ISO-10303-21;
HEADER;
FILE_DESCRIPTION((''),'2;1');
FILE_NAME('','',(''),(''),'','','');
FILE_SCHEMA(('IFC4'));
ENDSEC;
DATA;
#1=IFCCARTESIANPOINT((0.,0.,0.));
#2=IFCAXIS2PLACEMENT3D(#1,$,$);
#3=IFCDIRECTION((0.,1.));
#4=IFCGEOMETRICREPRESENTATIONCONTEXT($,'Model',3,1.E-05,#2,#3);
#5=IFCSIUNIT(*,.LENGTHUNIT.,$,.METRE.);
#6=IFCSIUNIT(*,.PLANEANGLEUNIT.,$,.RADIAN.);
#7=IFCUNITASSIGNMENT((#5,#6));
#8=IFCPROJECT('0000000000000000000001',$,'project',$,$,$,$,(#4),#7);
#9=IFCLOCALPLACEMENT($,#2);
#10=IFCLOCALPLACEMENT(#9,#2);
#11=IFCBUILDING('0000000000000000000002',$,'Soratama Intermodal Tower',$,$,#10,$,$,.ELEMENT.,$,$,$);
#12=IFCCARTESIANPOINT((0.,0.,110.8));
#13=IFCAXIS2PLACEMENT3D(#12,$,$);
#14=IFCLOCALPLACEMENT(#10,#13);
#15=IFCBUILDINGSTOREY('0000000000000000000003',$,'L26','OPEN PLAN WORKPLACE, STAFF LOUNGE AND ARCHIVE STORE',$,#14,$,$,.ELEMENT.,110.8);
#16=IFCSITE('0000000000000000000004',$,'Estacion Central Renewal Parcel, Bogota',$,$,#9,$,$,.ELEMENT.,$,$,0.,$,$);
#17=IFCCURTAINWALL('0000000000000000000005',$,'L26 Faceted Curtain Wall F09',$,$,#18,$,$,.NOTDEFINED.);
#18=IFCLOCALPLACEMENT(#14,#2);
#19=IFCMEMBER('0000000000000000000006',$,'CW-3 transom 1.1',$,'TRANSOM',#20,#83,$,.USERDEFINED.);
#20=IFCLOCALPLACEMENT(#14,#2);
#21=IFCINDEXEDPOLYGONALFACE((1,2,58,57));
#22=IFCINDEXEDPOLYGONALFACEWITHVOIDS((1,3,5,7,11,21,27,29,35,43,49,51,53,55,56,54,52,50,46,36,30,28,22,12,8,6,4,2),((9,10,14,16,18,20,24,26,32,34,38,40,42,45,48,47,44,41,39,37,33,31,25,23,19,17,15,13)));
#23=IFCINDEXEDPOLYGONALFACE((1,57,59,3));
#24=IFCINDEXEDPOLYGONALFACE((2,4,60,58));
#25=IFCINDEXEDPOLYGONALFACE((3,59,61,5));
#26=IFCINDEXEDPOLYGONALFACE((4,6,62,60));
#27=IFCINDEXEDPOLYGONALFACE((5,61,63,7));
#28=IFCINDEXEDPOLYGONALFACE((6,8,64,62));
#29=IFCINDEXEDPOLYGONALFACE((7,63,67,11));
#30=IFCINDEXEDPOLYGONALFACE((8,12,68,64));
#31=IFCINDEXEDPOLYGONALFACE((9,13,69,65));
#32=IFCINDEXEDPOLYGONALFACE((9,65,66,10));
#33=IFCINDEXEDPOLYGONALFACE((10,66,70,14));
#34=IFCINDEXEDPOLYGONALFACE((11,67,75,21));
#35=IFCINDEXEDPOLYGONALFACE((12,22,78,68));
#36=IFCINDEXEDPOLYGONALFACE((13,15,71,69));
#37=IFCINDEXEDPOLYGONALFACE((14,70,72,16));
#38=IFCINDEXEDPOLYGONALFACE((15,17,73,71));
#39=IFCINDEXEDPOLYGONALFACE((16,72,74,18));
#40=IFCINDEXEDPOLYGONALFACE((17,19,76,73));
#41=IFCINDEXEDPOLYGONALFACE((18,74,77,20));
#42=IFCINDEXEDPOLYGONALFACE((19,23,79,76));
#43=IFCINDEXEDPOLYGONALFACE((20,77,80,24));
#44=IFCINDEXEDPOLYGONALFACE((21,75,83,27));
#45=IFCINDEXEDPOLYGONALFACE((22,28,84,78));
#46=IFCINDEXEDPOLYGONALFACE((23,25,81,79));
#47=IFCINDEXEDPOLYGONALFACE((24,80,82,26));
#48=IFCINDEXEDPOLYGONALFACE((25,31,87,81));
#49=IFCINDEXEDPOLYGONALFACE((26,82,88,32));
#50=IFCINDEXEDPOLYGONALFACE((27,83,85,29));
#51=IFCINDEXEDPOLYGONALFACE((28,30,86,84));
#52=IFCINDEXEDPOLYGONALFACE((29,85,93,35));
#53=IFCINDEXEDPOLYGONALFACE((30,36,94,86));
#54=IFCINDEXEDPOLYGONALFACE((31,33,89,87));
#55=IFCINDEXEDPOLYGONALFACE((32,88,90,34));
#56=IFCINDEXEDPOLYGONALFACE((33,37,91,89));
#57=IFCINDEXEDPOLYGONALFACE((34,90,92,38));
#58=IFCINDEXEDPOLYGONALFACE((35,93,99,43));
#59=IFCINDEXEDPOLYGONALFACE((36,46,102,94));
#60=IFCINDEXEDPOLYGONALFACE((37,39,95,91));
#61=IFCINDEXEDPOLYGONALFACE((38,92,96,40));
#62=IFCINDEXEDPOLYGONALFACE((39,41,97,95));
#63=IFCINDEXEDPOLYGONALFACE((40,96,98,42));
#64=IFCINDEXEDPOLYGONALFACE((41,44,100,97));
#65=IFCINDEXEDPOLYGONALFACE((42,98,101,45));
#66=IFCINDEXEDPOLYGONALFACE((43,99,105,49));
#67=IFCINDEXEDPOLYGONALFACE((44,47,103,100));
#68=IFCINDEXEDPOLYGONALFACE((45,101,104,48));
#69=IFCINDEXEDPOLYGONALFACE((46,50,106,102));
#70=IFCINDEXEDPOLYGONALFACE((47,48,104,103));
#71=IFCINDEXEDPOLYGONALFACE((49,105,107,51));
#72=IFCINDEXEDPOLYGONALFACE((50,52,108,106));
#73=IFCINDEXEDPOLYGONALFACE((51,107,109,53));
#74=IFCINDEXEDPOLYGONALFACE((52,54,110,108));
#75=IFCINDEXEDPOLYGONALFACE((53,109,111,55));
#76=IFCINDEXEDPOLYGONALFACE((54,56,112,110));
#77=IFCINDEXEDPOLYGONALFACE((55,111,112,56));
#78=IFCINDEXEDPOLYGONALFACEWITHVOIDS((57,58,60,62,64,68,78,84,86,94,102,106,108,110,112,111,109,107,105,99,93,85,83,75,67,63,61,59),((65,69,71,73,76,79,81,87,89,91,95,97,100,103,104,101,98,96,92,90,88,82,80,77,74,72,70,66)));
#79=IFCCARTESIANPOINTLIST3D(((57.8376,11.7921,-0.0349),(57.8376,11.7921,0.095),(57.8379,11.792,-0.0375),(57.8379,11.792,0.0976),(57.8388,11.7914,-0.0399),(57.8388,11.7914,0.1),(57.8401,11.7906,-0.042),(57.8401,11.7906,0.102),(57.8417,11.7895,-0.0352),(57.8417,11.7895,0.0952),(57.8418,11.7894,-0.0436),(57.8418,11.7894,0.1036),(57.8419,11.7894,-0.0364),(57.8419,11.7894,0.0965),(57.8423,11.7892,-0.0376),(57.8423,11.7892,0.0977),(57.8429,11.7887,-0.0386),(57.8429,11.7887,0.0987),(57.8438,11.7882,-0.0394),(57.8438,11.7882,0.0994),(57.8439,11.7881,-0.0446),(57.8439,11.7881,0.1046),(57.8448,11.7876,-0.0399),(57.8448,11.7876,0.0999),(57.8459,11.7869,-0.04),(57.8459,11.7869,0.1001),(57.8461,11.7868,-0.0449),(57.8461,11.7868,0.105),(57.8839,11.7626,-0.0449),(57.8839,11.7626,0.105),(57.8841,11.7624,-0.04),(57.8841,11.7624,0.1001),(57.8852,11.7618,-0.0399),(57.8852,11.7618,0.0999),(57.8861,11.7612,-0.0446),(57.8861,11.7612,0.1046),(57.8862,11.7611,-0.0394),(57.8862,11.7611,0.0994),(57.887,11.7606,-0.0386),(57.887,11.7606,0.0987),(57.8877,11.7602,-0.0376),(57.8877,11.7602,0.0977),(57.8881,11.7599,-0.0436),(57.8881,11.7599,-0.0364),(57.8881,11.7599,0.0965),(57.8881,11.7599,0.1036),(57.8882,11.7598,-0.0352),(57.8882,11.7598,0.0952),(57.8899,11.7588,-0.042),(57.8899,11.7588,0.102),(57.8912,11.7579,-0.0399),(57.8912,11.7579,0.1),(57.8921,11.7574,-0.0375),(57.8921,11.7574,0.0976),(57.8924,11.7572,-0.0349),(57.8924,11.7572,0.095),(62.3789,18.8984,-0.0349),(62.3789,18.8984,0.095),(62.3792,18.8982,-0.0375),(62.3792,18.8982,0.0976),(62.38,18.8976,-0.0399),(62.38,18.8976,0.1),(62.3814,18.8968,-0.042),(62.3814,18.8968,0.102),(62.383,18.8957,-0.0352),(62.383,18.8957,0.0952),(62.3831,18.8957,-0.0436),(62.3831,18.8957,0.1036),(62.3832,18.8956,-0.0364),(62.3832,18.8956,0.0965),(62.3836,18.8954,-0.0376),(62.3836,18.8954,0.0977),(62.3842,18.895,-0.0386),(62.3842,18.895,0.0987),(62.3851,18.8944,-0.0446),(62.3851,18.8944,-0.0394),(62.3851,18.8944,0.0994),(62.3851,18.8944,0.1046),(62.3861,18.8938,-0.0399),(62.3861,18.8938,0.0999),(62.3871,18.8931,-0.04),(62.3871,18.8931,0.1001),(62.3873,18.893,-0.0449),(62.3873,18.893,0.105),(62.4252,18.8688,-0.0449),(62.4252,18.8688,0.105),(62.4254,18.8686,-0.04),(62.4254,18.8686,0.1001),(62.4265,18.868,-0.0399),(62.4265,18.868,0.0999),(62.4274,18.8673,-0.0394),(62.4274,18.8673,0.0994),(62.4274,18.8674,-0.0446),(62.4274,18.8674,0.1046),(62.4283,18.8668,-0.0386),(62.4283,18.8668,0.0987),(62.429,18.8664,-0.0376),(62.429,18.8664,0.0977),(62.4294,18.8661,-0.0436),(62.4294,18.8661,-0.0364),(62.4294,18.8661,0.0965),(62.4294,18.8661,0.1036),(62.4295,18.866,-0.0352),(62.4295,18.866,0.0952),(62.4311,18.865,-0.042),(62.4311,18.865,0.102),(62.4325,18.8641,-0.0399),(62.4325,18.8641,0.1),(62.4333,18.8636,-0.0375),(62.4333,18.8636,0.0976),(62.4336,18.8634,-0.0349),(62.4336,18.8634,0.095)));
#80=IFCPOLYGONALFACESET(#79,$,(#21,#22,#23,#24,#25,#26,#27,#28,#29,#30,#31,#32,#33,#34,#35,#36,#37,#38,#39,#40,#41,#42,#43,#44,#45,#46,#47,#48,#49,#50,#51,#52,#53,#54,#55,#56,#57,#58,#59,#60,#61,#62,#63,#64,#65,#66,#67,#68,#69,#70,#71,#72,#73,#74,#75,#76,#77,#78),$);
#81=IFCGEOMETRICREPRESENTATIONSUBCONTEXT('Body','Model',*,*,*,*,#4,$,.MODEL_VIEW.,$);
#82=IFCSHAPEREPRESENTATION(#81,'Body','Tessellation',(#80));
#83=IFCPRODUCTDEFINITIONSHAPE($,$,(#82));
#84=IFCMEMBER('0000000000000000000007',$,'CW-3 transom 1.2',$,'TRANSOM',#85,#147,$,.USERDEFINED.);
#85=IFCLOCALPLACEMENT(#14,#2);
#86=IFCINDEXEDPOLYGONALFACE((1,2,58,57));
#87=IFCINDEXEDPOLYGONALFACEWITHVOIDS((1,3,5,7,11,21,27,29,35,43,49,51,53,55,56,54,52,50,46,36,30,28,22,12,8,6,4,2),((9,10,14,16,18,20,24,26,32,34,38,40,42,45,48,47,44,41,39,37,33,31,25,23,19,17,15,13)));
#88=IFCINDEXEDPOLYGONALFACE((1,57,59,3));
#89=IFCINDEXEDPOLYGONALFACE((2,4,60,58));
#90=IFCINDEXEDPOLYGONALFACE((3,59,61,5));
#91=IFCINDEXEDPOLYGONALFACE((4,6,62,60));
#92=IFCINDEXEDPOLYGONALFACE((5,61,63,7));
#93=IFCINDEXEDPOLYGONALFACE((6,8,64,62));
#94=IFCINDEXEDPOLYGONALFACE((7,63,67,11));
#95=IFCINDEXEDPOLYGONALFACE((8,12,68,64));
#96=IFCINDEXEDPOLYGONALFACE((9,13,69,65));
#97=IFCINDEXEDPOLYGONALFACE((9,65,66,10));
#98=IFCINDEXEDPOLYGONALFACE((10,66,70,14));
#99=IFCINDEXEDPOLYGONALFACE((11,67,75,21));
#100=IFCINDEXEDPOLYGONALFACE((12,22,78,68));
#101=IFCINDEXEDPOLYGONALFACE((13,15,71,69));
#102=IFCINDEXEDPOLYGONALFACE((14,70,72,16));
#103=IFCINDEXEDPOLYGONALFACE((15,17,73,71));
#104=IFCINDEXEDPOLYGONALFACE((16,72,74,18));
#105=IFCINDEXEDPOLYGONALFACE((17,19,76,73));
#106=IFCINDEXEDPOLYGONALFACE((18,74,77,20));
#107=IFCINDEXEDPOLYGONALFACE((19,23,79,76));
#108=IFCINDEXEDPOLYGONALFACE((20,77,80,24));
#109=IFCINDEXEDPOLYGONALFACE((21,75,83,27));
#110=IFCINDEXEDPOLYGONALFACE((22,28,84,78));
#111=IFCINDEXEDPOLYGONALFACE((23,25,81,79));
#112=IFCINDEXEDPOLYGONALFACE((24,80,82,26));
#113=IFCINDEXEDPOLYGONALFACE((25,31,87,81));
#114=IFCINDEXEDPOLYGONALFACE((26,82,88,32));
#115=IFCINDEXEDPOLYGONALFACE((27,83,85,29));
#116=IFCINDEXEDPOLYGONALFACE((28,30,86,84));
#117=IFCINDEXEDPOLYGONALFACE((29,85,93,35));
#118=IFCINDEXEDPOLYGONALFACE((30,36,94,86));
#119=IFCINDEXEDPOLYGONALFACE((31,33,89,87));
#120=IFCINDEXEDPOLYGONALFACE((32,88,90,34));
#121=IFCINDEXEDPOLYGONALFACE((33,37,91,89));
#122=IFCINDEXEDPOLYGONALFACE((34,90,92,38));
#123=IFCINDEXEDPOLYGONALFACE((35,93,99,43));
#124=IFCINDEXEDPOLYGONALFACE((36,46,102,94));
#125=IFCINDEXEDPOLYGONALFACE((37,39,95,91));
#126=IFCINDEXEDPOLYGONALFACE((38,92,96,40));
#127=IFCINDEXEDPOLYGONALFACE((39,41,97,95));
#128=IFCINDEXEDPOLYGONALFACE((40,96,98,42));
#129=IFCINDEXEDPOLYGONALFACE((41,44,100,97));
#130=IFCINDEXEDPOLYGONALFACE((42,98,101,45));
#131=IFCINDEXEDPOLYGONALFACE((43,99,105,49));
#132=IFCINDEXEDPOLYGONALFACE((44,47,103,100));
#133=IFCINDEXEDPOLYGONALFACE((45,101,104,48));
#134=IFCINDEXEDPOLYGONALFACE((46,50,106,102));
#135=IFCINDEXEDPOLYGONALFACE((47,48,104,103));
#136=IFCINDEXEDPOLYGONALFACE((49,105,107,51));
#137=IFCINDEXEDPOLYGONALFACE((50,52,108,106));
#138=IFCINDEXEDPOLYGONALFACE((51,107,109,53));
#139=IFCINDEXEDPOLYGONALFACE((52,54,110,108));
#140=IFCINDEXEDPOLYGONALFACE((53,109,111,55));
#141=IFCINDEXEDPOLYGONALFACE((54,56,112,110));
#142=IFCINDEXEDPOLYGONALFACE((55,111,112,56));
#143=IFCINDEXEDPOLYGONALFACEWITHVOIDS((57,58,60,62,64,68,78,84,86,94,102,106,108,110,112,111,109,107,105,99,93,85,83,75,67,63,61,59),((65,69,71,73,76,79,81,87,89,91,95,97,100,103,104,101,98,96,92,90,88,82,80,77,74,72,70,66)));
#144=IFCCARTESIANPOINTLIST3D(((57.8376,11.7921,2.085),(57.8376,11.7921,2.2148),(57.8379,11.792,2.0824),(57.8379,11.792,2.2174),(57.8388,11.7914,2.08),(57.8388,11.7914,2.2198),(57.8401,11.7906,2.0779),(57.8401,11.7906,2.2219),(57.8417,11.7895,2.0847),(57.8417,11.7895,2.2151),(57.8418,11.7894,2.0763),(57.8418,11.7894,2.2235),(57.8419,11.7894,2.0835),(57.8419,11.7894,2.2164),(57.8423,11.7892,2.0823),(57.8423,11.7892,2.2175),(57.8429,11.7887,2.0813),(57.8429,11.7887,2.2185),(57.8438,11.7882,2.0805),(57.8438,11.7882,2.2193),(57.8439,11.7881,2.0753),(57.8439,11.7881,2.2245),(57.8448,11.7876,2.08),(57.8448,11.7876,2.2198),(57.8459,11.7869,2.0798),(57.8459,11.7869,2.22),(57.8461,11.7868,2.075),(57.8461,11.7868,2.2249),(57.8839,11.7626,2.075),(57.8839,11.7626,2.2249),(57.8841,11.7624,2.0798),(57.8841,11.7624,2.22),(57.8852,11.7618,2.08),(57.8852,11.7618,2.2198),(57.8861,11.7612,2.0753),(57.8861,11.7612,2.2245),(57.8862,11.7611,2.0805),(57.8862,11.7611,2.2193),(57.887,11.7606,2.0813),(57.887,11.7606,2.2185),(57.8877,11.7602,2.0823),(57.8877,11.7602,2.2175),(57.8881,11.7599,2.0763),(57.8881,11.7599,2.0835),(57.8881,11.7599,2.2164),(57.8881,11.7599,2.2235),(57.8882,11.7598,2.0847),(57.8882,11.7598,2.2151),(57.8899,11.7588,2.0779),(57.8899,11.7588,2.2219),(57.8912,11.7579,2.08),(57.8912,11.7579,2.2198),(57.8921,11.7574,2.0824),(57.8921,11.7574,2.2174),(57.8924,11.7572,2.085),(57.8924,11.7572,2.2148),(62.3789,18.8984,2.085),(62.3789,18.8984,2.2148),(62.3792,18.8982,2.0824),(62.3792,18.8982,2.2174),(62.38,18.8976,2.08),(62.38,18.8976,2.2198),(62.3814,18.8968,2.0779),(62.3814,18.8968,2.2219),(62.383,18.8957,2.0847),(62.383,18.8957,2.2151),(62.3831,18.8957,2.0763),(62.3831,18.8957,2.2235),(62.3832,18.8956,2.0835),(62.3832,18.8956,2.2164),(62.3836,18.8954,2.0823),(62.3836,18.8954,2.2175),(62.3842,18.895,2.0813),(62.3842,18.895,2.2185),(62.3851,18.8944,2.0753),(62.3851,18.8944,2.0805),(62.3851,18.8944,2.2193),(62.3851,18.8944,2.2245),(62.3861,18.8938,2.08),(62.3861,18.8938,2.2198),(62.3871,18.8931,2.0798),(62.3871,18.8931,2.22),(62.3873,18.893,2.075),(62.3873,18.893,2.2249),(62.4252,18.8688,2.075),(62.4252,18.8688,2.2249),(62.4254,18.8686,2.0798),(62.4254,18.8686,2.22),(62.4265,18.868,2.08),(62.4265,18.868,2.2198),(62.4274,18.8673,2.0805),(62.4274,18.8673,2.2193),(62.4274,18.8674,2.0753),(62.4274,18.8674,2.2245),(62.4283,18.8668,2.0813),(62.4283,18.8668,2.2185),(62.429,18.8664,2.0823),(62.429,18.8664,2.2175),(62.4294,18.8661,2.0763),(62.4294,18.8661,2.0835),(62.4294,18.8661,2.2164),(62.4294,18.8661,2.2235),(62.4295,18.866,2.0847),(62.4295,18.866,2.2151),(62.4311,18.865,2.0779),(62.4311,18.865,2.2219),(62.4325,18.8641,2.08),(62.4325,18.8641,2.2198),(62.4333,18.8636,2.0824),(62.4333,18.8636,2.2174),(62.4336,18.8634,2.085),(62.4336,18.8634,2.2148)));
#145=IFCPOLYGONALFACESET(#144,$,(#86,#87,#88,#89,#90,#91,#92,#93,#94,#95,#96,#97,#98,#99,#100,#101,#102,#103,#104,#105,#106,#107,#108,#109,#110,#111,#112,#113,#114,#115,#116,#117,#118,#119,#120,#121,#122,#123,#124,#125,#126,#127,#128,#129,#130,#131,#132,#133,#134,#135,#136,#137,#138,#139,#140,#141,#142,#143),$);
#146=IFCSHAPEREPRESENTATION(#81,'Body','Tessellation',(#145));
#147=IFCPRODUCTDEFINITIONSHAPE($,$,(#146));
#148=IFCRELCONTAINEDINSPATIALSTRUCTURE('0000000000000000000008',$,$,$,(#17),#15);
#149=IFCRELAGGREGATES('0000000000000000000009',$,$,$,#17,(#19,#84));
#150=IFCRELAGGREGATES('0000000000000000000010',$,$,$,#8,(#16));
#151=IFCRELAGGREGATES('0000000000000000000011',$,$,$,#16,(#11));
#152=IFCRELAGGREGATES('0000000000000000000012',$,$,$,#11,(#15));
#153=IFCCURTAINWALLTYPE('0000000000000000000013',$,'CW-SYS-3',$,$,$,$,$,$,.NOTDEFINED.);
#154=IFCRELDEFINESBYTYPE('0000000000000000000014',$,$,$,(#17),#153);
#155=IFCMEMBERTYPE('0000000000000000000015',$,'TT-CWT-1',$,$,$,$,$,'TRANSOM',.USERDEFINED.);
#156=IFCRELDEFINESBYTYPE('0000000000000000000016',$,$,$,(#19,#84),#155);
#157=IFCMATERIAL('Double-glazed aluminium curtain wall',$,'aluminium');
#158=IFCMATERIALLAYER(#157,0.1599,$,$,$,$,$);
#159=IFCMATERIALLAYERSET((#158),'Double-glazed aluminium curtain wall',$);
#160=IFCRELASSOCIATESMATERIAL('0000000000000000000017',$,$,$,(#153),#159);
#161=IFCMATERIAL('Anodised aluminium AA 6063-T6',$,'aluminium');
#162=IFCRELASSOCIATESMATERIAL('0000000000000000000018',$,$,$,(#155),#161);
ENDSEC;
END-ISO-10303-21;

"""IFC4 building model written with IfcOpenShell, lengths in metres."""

from ifc_helpers import new_model, si_unit, direction, frame, origin, origin_2d, place, context, subcontext, project, spatial, hollow_rectangle, extrude, material, layer, layer_set, material_profile, profile_set, type_object, element, aggregate, save


model = new_model("IFC4")

# Units and contexts
model_context = context("Model", 3, precision=1e-05, world=origin(), true_north=direction((0.0, 1.0)))
body_context = subcontext(model_context, "Body", "Model", "MODEL_VIEW")
ifc_project = project(units=[si_unit("LENGTHUNIT", "METRE"), si_unit("PLANEANGLEUNIT", "RADIAN")], contexts=[model_context])

# Site, building, storey
site_placement = place(None, origin())
site = spatial("IfcSite", under=ifc_project, at=site_placement, Name="Estacion Central Renewal Parcel, Bogota", CompositionType="ELEMENT", RefElevation=0.0)
building_placement = place(site_placement, origin())
building = spatial("IfcBuilding", under=site, at=building_placement, Name="Soratama Intermodal Tower", CompositionType="ELEMENT")
storey_placement = place(building_placement, frame((0.0, 0.0, 110.8)))
storey = spatial("IfcBuildingStorey", under=building, at=storey_placement, Name="L26", Description="OPEN PLAN WORKPLACE, STAFF LOUNGE AND ARCHIVE STORE", CompositionType="ELEMENT", Elevation=110.8)

# Shared definitions
ifc_material_1 = material(Name="Double-glazed aluminium curtain wall", Category="aluminium")
ifc_layer_1 = layer(ifc_material_1, 0.1599)
ifc_layer_set_1 = layer_set([ifc_layer_1], Name="Double-glazed aluminium curtain wall")
curtain_wall_type = type_object("IfcCurtainWallType", Name="CW-SYS-3", PredefinedType="NOTDEFINED", material=ifc_layer_set_1)

# Curtain wall, members
curtain_wall_1_placement = place(storey_placement, origin())
curtain_wall_1 = element("IfcCurtainWall", 1, at=curtain_wall_1_placement, inside=storey, type_object=curtain_wall_type, Name="L26 Faceted Curtain Wall F09", PredefinedType="NOTDEFINED")
ifc_material_2 = material(Name="Anodised aluminium AA 6063-T6", Category="aluminium")
ifc_material_profile_1 = material_profile(ifc_material_2, hollow_rectangle(XDim=0.0649, YDim=0.1499, WallThickness=0.0049, InnerFilletRadius=0.0049, OuterFilletRadius=0.01, at=origin_2d()), Name="CWT150X65X5")
ifc_profile_set_1 = profile_set([ifc_material_profile_1], Name="Anodised aluminium AA 6063-T6")
member_type_1 = type_object("IfcMemberType", Name="TT-CWT-1", ElementType="TRANSOM", PredefinedType="USERDEFINED", material=ifc_profile_set_1)
member_1_placement = place(storey_placement, frame((57.865, 11.7747, 0.03), z_axis=(0.538489, 0.842632, 0.0), x_axis=(-0.842632, 0.538489, 0.0)))
member_1 = element("IfcMember", 2, at=member_1_placement, type_object=member_type_1, Name="CW-3 transom 1.1", ObjectType="TRANSOM", PredefinedType="USERDEFINED", context=body_context, shape_type="SweptSolid", body=[
    extrude(hollow_rectangle(XDim=0.0649, YDim=0.1499, WallThickness=0.0049, InnerFilletRadius=0.0049, OuterFilletRadius=0.01, at=origin_2d()), origin(), (0.0, 0.0, 1.0), 8.4333),
])
member_2_placement = place(storey_placement, frame((57.865, 11.7747, 2.1499), z_axis=(0.538489, 0.842632, 0.0), x_axis=(-0.842632, 0.538489, 0.0)))
member_2 = element("IfcMember", 3, at=member_2_placement, type_object=member_type_1, Name="CW-3 transom 1.2", ObjectType="TRANSOM", PredefinedType="USERDEFINED", context=body_context, shape_type="SweptSolid", body=[
    extrude(hollow_rectangle(XDim=0.0649, YDim=0.1499, WallThickness=0.0049, InnerFilletRadius=0.0049, OuterFilletRadius=0.01, at=origin_2d()), origin(), (0.0, 0.0, 1.0), 8.4333),
])
aggregate(curtain_wall_1, [member_1, member_2])

save(model, "model.ifc")
